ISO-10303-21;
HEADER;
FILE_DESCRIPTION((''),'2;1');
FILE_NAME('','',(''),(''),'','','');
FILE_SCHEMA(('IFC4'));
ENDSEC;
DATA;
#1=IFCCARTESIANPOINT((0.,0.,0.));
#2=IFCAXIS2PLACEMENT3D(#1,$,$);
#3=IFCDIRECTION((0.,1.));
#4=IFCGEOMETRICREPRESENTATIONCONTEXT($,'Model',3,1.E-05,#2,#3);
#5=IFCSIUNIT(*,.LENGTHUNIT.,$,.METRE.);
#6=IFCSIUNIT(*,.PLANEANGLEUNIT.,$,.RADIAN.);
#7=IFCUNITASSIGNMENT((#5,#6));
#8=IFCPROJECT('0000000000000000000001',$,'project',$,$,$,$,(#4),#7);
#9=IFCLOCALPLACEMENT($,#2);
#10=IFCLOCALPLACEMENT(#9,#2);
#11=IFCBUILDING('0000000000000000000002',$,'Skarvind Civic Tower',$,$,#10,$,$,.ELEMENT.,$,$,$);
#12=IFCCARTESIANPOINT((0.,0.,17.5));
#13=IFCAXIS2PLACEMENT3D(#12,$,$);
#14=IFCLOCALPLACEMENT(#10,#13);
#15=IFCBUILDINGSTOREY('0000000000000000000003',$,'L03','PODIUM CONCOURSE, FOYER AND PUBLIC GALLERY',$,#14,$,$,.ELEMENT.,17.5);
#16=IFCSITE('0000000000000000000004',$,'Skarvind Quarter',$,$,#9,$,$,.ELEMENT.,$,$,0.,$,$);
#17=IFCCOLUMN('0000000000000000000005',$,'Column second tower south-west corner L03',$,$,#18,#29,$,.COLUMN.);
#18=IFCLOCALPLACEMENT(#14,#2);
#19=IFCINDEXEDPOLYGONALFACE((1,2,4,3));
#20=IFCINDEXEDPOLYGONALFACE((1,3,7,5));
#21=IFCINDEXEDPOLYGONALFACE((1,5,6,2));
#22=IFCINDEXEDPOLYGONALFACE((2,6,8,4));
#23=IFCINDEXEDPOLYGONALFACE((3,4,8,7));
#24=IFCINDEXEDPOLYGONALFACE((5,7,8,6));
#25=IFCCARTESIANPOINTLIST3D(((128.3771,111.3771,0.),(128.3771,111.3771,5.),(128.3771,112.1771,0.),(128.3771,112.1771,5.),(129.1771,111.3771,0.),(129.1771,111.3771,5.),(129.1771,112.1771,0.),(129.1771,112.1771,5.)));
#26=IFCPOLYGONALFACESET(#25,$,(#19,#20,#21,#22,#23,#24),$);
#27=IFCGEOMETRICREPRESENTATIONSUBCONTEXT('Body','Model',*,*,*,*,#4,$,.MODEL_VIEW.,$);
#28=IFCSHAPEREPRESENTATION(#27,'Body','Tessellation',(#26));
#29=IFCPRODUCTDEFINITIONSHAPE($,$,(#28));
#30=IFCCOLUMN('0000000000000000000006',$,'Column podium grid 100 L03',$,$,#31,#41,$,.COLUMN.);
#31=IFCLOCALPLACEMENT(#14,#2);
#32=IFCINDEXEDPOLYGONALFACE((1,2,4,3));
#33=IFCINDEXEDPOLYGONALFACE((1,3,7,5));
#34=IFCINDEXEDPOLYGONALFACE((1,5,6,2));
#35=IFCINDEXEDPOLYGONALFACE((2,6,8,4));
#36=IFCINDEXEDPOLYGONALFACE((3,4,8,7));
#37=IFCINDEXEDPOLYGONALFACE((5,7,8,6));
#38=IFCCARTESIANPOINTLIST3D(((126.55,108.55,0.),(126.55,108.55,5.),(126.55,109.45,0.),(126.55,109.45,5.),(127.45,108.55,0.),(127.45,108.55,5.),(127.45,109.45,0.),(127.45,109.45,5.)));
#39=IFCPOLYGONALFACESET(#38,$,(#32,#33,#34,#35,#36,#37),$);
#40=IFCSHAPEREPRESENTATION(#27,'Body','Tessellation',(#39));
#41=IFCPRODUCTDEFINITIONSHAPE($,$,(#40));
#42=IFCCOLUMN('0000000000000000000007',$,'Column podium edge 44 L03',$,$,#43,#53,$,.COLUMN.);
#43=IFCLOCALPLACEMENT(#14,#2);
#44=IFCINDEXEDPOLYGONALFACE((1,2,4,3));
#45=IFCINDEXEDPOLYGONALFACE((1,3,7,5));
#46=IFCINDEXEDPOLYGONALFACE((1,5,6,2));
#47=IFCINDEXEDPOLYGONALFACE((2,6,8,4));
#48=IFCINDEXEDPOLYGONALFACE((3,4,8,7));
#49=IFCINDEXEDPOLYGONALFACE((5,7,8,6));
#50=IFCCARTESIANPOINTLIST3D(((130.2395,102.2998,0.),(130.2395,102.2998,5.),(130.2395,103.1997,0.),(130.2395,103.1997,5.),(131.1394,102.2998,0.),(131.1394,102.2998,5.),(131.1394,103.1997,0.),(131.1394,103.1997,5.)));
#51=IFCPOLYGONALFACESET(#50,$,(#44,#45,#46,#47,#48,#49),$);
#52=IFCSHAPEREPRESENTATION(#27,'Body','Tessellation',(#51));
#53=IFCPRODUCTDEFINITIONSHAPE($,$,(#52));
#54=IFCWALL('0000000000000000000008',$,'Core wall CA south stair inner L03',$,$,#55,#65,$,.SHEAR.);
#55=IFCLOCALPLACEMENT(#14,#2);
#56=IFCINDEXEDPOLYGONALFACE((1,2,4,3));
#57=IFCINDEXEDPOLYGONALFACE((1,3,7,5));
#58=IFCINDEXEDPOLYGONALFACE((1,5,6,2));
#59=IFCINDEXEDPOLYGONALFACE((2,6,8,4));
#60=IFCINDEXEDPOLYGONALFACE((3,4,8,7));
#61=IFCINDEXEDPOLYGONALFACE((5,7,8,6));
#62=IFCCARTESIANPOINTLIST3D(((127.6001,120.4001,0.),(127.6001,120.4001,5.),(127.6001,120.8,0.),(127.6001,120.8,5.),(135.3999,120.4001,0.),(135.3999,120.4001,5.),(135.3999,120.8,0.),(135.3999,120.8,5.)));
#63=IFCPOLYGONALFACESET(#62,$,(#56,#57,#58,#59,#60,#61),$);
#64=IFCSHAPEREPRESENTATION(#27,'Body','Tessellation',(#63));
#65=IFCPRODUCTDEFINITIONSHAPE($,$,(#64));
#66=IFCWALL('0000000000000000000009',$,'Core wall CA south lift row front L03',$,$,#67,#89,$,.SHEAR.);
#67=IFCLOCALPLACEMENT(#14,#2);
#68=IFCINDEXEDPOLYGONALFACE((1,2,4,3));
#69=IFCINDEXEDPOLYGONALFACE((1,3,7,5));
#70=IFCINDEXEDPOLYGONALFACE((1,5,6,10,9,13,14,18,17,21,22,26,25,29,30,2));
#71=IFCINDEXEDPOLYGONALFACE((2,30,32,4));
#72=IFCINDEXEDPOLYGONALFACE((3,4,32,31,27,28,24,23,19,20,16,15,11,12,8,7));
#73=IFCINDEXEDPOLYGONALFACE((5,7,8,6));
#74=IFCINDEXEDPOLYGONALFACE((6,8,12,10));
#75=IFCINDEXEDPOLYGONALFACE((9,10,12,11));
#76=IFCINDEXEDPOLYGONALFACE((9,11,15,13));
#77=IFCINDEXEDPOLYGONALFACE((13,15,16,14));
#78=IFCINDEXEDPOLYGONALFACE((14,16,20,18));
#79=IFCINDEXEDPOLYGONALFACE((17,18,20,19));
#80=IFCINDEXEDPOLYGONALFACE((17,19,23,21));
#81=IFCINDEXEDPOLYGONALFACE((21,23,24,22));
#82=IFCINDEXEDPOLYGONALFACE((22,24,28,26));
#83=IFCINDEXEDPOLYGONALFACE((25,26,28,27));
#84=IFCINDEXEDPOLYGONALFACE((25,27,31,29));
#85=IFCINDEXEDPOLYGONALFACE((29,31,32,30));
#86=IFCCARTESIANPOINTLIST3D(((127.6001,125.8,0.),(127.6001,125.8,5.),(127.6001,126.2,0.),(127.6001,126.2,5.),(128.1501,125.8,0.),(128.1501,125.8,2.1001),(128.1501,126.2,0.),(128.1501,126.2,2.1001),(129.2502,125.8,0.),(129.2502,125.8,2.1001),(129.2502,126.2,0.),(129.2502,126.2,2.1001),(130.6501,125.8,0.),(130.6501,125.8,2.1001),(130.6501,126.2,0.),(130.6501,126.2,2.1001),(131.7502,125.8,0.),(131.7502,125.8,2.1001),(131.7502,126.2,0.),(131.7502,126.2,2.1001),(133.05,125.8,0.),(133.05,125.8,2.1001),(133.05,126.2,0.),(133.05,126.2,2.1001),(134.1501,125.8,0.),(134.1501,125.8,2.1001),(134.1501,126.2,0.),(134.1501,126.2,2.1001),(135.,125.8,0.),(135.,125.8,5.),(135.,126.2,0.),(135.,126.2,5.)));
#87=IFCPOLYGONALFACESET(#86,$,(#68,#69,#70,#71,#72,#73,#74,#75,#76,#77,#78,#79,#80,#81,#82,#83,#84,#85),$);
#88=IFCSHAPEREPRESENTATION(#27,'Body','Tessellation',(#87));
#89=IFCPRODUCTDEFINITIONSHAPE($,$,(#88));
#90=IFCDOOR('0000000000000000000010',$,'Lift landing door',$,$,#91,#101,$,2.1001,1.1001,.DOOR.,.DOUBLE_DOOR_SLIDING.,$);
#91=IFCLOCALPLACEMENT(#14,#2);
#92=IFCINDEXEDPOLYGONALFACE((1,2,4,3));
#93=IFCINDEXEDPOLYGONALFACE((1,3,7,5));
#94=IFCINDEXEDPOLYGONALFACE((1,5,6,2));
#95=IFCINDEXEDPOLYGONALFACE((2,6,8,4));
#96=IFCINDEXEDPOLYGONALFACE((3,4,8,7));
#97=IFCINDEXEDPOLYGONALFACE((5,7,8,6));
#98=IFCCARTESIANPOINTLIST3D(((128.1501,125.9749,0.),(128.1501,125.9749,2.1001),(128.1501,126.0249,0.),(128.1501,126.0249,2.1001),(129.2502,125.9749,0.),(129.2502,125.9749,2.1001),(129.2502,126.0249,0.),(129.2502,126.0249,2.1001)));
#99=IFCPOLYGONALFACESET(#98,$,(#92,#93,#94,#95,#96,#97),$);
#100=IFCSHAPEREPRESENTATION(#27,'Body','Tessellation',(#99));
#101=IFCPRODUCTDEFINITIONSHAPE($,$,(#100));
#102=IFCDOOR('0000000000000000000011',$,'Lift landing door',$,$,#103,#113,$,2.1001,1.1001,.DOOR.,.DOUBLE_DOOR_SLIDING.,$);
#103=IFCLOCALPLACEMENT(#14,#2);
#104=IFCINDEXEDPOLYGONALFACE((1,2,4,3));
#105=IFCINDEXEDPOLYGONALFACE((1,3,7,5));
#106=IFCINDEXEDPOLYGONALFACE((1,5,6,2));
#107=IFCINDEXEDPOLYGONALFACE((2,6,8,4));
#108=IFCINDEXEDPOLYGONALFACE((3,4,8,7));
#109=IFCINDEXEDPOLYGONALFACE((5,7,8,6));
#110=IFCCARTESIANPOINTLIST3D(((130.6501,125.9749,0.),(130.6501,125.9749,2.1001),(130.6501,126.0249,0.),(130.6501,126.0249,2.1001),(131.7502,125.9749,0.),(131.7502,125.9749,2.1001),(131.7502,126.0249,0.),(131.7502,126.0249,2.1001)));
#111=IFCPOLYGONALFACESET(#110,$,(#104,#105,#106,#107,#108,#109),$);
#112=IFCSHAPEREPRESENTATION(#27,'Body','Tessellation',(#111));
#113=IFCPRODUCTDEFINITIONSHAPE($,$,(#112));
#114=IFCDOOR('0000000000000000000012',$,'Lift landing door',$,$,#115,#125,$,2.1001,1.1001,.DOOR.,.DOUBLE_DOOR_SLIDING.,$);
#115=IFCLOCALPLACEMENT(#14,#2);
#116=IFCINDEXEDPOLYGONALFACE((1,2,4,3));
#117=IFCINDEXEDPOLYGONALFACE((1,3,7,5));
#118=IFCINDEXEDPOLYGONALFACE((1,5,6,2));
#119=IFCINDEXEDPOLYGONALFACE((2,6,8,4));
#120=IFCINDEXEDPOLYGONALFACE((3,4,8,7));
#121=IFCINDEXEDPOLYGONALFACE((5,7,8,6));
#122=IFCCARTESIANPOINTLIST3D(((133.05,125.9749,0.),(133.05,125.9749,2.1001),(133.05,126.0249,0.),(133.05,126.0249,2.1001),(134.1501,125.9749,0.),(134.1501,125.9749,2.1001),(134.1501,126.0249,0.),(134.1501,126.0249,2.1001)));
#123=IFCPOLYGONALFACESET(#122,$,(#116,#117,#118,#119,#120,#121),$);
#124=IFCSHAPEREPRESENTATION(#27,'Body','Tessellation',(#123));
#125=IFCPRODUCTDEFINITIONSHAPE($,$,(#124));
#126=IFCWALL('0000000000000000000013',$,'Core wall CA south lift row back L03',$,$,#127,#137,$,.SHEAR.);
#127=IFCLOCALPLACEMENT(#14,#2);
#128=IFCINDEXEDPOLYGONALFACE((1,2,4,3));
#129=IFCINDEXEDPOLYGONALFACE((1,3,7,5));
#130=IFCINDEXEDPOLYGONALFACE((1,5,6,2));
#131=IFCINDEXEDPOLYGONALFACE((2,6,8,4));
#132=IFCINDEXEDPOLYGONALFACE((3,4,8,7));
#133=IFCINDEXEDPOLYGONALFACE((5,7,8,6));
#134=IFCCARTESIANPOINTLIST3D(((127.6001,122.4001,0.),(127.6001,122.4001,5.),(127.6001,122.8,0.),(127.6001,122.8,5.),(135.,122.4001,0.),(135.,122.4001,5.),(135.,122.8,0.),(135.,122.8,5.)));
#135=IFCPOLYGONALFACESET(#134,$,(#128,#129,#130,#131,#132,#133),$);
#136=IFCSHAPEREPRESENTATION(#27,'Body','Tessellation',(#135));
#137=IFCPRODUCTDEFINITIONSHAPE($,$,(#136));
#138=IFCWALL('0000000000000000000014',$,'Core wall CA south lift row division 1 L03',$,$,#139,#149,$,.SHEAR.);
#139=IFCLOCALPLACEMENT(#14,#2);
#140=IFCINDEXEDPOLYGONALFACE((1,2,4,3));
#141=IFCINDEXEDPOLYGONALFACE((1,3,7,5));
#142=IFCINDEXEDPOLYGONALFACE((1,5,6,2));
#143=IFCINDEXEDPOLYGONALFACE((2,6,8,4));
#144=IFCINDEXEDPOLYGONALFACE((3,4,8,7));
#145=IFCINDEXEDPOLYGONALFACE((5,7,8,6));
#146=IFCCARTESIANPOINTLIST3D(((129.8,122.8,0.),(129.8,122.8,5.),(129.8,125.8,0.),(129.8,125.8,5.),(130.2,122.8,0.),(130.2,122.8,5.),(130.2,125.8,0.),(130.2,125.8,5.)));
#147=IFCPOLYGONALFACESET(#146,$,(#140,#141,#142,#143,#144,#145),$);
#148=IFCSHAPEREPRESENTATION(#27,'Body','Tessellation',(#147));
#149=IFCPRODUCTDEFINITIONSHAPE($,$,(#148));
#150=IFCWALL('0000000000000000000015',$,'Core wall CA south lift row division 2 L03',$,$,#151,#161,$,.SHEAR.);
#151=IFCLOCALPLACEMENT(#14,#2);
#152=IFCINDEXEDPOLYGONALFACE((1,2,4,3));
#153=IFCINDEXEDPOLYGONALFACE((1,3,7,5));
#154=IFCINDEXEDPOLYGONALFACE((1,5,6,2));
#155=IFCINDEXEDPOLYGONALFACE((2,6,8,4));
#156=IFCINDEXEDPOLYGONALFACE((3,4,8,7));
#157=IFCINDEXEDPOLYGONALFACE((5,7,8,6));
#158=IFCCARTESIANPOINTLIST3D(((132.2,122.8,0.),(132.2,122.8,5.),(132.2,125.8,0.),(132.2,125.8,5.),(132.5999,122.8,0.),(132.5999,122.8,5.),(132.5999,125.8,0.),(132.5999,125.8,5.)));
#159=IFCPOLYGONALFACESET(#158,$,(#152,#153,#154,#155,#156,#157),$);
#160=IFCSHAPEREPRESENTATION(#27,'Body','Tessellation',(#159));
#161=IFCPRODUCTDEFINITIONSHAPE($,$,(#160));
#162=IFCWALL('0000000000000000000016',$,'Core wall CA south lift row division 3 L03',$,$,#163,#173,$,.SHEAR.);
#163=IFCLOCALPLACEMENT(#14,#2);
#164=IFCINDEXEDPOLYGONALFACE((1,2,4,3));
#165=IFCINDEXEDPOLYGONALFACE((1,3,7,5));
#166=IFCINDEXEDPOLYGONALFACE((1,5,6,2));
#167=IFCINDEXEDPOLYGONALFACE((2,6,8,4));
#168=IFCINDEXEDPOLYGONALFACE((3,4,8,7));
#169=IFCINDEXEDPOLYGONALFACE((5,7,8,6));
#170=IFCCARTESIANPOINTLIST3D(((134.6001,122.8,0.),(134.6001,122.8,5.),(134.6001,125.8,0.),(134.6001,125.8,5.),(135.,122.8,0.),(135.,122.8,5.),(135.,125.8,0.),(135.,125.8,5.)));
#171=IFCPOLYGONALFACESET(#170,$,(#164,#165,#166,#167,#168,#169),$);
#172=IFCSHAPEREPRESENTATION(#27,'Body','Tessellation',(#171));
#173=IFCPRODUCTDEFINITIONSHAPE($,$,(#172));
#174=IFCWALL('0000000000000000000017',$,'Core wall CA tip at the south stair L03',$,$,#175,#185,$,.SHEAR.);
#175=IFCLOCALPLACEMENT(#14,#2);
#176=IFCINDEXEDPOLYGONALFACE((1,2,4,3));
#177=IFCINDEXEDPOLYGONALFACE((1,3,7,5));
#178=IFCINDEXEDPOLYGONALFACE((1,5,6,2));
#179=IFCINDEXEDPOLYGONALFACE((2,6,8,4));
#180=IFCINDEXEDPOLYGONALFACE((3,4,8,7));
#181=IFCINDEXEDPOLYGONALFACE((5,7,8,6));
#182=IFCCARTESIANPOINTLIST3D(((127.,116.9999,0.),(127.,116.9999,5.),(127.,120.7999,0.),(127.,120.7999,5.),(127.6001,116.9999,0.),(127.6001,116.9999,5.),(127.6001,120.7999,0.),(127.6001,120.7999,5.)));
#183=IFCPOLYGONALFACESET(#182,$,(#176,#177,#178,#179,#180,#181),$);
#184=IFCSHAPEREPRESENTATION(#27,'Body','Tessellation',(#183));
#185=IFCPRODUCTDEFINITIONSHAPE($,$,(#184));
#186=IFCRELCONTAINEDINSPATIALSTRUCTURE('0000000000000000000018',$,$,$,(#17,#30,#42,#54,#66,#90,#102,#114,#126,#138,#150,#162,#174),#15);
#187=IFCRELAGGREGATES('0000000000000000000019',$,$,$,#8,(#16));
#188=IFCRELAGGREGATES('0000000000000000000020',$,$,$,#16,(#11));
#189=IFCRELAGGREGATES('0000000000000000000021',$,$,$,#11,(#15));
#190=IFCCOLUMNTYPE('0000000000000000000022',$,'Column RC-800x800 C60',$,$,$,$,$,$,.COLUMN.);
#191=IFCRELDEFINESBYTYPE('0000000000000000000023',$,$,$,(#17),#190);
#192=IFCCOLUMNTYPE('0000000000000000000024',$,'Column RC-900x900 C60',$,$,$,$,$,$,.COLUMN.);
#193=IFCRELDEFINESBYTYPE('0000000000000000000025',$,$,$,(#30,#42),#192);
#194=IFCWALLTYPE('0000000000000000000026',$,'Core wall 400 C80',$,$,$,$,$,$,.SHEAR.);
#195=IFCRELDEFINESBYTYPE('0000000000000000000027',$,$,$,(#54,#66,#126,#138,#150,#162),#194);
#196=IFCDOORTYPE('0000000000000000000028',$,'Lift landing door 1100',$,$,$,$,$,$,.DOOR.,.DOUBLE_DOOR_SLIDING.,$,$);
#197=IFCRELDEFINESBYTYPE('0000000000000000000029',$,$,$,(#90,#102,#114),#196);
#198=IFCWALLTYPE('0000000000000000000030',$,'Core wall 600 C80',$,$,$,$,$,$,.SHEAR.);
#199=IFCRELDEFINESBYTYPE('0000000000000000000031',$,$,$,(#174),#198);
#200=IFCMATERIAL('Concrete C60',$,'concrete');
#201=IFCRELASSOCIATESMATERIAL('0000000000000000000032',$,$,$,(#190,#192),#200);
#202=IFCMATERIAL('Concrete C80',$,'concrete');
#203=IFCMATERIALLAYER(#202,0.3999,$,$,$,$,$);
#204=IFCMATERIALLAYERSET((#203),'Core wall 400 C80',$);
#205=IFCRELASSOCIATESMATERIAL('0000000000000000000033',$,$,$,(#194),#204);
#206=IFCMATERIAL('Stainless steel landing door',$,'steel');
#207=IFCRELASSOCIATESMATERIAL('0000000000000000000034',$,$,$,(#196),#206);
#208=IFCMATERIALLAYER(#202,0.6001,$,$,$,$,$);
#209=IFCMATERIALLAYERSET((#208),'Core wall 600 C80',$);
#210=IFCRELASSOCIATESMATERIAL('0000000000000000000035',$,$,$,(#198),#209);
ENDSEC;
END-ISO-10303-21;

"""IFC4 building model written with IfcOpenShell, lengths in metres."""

from ifc_helpers import new_model, si_unit, direction, frame, frame_2d, origin, origin_2d, place, context, subcontext, project, spatial, rectangle, extrude, material, layer, layer_set, material_profile, profile_set, type_object, element, fill, save


model = new_model("IFC4")

# Units and contexts
model_context = context("Model", 3, precision=1e-05, world=origin(), true_north=direction((0.0, 1.0)))
body_context = subcontext(model_context, "Body", "Model", "MODEL_VIEW")
ifc_project = project(units=[si_unit("LENGTHUNIT", "METRE"), si_unit("PLANEANGLEUNIT", "RADIAN")], contexts=[model_context])

# Site, building, storey
site_placement = place(None, origin())
site = spatial("IfcSite", under=ifc_project, at=site_placement, Name="Skarvind Quarter", CompositionType="ELEMENT", RefElevation=0.0)
building_placement = place(site_placement, origin())
building = spatial("IfcBuilding", under=site, at=building_placement, Name="Skarvind Civic Tower", CompositionType="ELEMENT")
storey_placement = place(building_placement, frame((0.0, 0.0, 17.5)))
storey = spatial("IfcBuildingStorey", under=building, at=storey_placement, Name="L03", Description="PODIUM CONCOURSE, FOYER AND PUBLIC GALLERY", CompositionType="ELEMENT", Elevation=17.5)

# Columns
ifc_material_1 = material(Name="Concrete C60", Category="concrete")
ifc_material_profile_1 = material_profile(ifc_material_1, rectangle(XDim=0.8, YDim=0.8, at=origin_2d()), Name="RC-800x800")
ifc_profile_set_1 = profile_set([ifc_material_profile_1], Name="Concrete C60")
column_type_1 = type_object("IfcColumnType", Name="Column RC-800x800 C60", PredefinedType="COLUMN", material=ifc_profile_set_1)
column_placement = place(storey_placement, frame((128.7771, 111.7771, 0.0), z_axis=(0.0, 0.0, 1.0), x_axis=(1.0, 0.0, 0.0)))
element("IfcColumn", 1, at=column_placement, inside=storey, type_object=column_type_1, Name="Column second tower south-west corner L03", PredefinedType="COLUMN", context=body_context, shape_type="SweptSolid", body=[
    extrude(rectangle(XDim=0.8, YDim=0.8, at=origin_2d()), origin(), (0.0, 0.0, 1.0), 5.0),
])
ifc_material_profile_2 = material_profile(ifc_material_1, rectangle(XDim=0.8999, YDim=0.8999, at=origin_2d()), Name="RC-900x900")
ifc_profile_set_2 = profile_set([ifc_material_profile_2], Name="Concrete C60")
column_type_2 = type_object("IfcColumnType", Name="Column RC-900x900 C60", PredefinedType="COLUMN", material=ifc_profile_set_2)
for number, where, z_axis, x_axis, name in (
    (2, (127.0, 109.0, 0.0), (0.0, 0.0, 1.0), (1.0, 0.0, 0.0), "Column podium grid 100 L03"),
    (3, (130.6895, 102.7498, 0.0), (0.0, 0.0, 1.0), (1.0, 0.0, 0.0), "Column podium edge 44 L03"),
):
    element("IfcColumn", number, at=place(storey_placement, frame(where, z_axis=z_axis, x_axis=x_axis)), inside=storey, type_object=column_type_2, Name=name, PredefinedType="COLUMN", context=body_context, shape_type="SweptSolid", body=[
        extrude(rectangle(XDim=0.8999, YDim=0.8999, at=origin_2d()), origin(), (0.0, 0.0, 1.0), 5.0),
    ])

# Wall
ifc_material_2 = material(Name="Concrete C80", Category="concrete")
ifc_layer_1 = layer(ifc_material_2, 0.3999)
ifc_layer_set_1 = layer_set([ifc_layer_1], Name="Core wall 400 C80")
wall_type_1 = type_object("IfcWallType", Name="Core wall 400 C80", PredefinedType="SHEAR", material=ifc_layer_set_1)
wall_1_placement = place(storey_placement, frame((127.6001, 120.6001, 0.0), z_axis=(0.0, 0.0, 1.0), x_axis=(1.0, 0.0, 0.0)))
element("IfcWall", 4, at=wall_1_placement, inside=storey, type_object=wall_type_1, Name="Core wall CA south stair inner L03", PredefinedType="SHEAR", context=body_context, shape_type="SweptSolid", body=[
    extrude(rectangle(XDim=7.7998, YDim=0.3999, at=frame_2d((3.8999, 0.0))), origin(), (0.0, 0.0, 1.0), 5.0),
])

# Wall, openings, doors
wall_2_placement = place(storey_placement, frame((127.6001, 126.0, 0.0), z_axis=(0.0, 0.0, 1.0), x_axis=(1.0, 0.0, 0.0)))
wall_2 = element("IfcWall", 5, at=wall_2_placement, inside=storey, type_object=wall_type_1, Name="Core wall CA south lift row front L03", PredefinedType="SHEAR", context=body_context, shape_type="SweptSolid", body=[
    extrude(rectangle(XDim=7.3999, YDim=0.3999, at=frame_2d((3.7, 0.0))), origin(), (0.0, 0.0, 1.0), 5.0),
])
opening_1_placement = place(wall_2_placement, frame((0.55, 0.0, 0.0)))
opening_1 = element("IfcOpeningElement", 6, at=opening_1_placement, cuts=wall_2, PredefinedType="OPENING", context=body_context, shape_type="SweptSolid", body=[
    extrude(rectangle(XDim=1.1001, YDim=2.1001, at=frame_2d((0.55, 1.05))), frame((0.0, 0.21, 0.0), z_axis=(0.0, -1.0, 0.0), x_axis=(1.0, 0.0, 0.0)), (0.0, 0.0, 1.0), 0.4199),
])
opening_2_placement = place(wall_2_placement, frame((3.05, 0.0, 0.0)))
opening_2 = element("IfcOpeningElement", 7, at=opening_2_placement, cuts=wall_2, PredefinedType="OPENING", context=body_context, shape_type="SweptSolid", body=[
    extrude(rectangle(XDim=1.1001, YDim=2.1001, at=frame_2d((0.55, 1.05))), frame((0.0, 0.21, 0.0), z_axis=(0.0, -1.0, 0.0), x_axis=(1.0, 0.0, 0.0)), (0.0, 0.0, 1.0), 0.4199),
])
opening_3_placement = place(wall_2_placement, frame((5.45, 0.0, 0.0)))
opening_3 = element("IfcOpeningElement", 8, at=opening_3_placement, cuts=wall_2, PredefinedType="OPENING", context=body_context, shape_type="SweptSolid", body=[
    extrude(rectangle(XDim=1.1001, YDim=2.1001, at=frame_2d((0.55, 1.05))), frame((0.0, 0.21, 0.0), z_axis=(0.0, -1.0, 0.0), x_axis=(1.0, 0.0, 0.0)), (0.0, 0.0, 1.0), 0.4199),
])
ifc_material_3 = material(Name="Stainless steel landing door", Category="steel")
door_type = type_object("IfcDoorType", Name="Lift landing door 1100", OperationType="DOUBLE_DOOR_SLIDING", PredefinedType="DOOR", material=ifc_material_3)
door_1_placement = place(opening_1_placement, origin())
door_1 = element("IfcDoor", 9, at=door_1_placement, inside=storey, type_object=door_type, Name="Lift landing door", OperationType="DOUBLE_DOOR_SLIDING", OverallHeight=2.1001, OverallWidth=1.1001, PredefinedType="DOOR", context=body_context, shape_type="SweptSolid", body=[
    extrude(rectangle(XDim=1.1001, YDim=2.1001, at=frame_2d((0.55, 1.05))), frame((0.0, 0.0249, 0.0), z_axis=(0.0, -1.0, 0.0), x_axis=(1.0, 0.0, 0.0)), (0.0, 0.0, 1.0), 0.05),
])
fill(opening_1, door_1)
door_2_placement = place(opening_2_placement, origin())
door_2 = element("IfcDoor", 10, at=door_2_placement, inside=storey, type_object=door_type, Name="Lift landing door", OperationType="DOUBLE_DOOR_SLIDING", OverallHeight=2.1001, OverallWidth=1.1001, PredefinedType="DOOR", context=body_context, shape_type="SweptSolid", body=[
    extrude(rectangle(XDim=1.1001, YDim=2.1001, at=frame_2d((0.55, 1.05))), frame((0.0, 0.0249, 0.0), z_axis=(0.0, -1.0, 0.0), x_axis=(1.0, 0.0, 0.0)), (0.0, 0.0, 1.0), 0.05),
])
fill(opening_2, door_2)
door_3_placement = place(opening_3_placement, origin())
door_3 = element("IfcDoor", 11, at=door_3_placement, inside=storey, type_object=door_type, Name="Lift landing door", OperationType="DOUBLE_DOOR_SLIDING", OverallHeight=2.1001, OverallWidth=1.1001, PredefinedType="DOOR", context=body_context, shape_type="SweptSolid", body=[
    extrude(rectangle(XDim=1.1001, YDim=2.1001, at=frame_2d((0.55, 1.05))), frame((0.0, 0.0249, 0.0), z_axis=(0.0, -1.0, 0.0), x_axis=(1.0, 0.0, 0.0)), (0.0, 0.0, 1.0), 0.05),
])
fill(opening_3, door_3)

# Walls
wall_3_placement = place(storey_placement, frame((127.6001, 122.6001, 0.0), z_axis=(0.0, 0.0, 1.0), x_axis=(1.0, 0.0, 0.0)))
element("IfcWall", 12, at=wall_3_placement, inside=storey, type_object=wall_type_1, Name="Core wall CA south lift row back L03", PredefinedType="SHEAR", context=body_context, shape_type="SweptSolid", body=[
    extrude(rectangle(XDim=7.3999, YDim=0.3999, at=frame_2d((3.7, 0.0))), origin(), (0.0, 0.0, 1.0), 5.0),
])
for number, where, z_axis, x_axis, name in (
    (13, (130.0, 122.8, 0.0), (0.0, 0.0, 1.0), (0.0, 1.0, 0.0), "Core wall CA south lift row division 1 L03"),
    (14, (132.3999, 122.8, 0.0), (0.0, 0.0, 1.0), (0.0, 1.0, 0.0), "Core wall CA south lift row division 2 L03"),
    (15, (134.8, 122.8, 0.0), (0.0, 0.0, 1.0), (0.0, 1.0, 0.0), "Core wall CA south lift row division 3 L03"),
):
    element("IfcWall", number, at=place(storey_placement, frame(where, z_axis=z_axis, x_axis=x_axis)), inside=storey, type_object=wall_type_1, Name=name, PredefinedType="SHEAR", context=body_context, shape_type="SweptSolid", body=[
        extrude(rectangle(XDim=3.0, YDim=0.3999, at=frame_2d((1.5, 0.0))), origin(), (0.0, 0.0, 1.0), 5.0),
    ])
ifc_layer_2 = layer(ifc_material_2, 0.6001)
ifc_layer_set_2 = layer_set([ifc_layer_2], Name="Core wall 600 C80")
wall_type_2 = type_object("IfcWallType", Name="Core wall 600 C80", PredefinedType="SHEAR", material=ifc_layer_set_2)
wall_4_placement = place(storey_placement, frame((127.3, 117.0, 0.0), z_axis=(0.0, 0.0, 1.0), x_axis=(0.0, 1.0, 0.0)))
element("IfcWall", 16, at=wall_4_placement, inside=storey, type_object=wall_type_2, Name="Core wall CA tip at the south stair L03", PredefinedType="SHEAR", context=body_context, shape_type="SweptSolid", body=[
    extrude(rectangle(XDim=3.8, YDim=0.6001, at=frame_2d((1.8999, 0.0))), origin(), (0.0, 0.0, 1.0), 5.0),
])

save(model, "model.ifc")
